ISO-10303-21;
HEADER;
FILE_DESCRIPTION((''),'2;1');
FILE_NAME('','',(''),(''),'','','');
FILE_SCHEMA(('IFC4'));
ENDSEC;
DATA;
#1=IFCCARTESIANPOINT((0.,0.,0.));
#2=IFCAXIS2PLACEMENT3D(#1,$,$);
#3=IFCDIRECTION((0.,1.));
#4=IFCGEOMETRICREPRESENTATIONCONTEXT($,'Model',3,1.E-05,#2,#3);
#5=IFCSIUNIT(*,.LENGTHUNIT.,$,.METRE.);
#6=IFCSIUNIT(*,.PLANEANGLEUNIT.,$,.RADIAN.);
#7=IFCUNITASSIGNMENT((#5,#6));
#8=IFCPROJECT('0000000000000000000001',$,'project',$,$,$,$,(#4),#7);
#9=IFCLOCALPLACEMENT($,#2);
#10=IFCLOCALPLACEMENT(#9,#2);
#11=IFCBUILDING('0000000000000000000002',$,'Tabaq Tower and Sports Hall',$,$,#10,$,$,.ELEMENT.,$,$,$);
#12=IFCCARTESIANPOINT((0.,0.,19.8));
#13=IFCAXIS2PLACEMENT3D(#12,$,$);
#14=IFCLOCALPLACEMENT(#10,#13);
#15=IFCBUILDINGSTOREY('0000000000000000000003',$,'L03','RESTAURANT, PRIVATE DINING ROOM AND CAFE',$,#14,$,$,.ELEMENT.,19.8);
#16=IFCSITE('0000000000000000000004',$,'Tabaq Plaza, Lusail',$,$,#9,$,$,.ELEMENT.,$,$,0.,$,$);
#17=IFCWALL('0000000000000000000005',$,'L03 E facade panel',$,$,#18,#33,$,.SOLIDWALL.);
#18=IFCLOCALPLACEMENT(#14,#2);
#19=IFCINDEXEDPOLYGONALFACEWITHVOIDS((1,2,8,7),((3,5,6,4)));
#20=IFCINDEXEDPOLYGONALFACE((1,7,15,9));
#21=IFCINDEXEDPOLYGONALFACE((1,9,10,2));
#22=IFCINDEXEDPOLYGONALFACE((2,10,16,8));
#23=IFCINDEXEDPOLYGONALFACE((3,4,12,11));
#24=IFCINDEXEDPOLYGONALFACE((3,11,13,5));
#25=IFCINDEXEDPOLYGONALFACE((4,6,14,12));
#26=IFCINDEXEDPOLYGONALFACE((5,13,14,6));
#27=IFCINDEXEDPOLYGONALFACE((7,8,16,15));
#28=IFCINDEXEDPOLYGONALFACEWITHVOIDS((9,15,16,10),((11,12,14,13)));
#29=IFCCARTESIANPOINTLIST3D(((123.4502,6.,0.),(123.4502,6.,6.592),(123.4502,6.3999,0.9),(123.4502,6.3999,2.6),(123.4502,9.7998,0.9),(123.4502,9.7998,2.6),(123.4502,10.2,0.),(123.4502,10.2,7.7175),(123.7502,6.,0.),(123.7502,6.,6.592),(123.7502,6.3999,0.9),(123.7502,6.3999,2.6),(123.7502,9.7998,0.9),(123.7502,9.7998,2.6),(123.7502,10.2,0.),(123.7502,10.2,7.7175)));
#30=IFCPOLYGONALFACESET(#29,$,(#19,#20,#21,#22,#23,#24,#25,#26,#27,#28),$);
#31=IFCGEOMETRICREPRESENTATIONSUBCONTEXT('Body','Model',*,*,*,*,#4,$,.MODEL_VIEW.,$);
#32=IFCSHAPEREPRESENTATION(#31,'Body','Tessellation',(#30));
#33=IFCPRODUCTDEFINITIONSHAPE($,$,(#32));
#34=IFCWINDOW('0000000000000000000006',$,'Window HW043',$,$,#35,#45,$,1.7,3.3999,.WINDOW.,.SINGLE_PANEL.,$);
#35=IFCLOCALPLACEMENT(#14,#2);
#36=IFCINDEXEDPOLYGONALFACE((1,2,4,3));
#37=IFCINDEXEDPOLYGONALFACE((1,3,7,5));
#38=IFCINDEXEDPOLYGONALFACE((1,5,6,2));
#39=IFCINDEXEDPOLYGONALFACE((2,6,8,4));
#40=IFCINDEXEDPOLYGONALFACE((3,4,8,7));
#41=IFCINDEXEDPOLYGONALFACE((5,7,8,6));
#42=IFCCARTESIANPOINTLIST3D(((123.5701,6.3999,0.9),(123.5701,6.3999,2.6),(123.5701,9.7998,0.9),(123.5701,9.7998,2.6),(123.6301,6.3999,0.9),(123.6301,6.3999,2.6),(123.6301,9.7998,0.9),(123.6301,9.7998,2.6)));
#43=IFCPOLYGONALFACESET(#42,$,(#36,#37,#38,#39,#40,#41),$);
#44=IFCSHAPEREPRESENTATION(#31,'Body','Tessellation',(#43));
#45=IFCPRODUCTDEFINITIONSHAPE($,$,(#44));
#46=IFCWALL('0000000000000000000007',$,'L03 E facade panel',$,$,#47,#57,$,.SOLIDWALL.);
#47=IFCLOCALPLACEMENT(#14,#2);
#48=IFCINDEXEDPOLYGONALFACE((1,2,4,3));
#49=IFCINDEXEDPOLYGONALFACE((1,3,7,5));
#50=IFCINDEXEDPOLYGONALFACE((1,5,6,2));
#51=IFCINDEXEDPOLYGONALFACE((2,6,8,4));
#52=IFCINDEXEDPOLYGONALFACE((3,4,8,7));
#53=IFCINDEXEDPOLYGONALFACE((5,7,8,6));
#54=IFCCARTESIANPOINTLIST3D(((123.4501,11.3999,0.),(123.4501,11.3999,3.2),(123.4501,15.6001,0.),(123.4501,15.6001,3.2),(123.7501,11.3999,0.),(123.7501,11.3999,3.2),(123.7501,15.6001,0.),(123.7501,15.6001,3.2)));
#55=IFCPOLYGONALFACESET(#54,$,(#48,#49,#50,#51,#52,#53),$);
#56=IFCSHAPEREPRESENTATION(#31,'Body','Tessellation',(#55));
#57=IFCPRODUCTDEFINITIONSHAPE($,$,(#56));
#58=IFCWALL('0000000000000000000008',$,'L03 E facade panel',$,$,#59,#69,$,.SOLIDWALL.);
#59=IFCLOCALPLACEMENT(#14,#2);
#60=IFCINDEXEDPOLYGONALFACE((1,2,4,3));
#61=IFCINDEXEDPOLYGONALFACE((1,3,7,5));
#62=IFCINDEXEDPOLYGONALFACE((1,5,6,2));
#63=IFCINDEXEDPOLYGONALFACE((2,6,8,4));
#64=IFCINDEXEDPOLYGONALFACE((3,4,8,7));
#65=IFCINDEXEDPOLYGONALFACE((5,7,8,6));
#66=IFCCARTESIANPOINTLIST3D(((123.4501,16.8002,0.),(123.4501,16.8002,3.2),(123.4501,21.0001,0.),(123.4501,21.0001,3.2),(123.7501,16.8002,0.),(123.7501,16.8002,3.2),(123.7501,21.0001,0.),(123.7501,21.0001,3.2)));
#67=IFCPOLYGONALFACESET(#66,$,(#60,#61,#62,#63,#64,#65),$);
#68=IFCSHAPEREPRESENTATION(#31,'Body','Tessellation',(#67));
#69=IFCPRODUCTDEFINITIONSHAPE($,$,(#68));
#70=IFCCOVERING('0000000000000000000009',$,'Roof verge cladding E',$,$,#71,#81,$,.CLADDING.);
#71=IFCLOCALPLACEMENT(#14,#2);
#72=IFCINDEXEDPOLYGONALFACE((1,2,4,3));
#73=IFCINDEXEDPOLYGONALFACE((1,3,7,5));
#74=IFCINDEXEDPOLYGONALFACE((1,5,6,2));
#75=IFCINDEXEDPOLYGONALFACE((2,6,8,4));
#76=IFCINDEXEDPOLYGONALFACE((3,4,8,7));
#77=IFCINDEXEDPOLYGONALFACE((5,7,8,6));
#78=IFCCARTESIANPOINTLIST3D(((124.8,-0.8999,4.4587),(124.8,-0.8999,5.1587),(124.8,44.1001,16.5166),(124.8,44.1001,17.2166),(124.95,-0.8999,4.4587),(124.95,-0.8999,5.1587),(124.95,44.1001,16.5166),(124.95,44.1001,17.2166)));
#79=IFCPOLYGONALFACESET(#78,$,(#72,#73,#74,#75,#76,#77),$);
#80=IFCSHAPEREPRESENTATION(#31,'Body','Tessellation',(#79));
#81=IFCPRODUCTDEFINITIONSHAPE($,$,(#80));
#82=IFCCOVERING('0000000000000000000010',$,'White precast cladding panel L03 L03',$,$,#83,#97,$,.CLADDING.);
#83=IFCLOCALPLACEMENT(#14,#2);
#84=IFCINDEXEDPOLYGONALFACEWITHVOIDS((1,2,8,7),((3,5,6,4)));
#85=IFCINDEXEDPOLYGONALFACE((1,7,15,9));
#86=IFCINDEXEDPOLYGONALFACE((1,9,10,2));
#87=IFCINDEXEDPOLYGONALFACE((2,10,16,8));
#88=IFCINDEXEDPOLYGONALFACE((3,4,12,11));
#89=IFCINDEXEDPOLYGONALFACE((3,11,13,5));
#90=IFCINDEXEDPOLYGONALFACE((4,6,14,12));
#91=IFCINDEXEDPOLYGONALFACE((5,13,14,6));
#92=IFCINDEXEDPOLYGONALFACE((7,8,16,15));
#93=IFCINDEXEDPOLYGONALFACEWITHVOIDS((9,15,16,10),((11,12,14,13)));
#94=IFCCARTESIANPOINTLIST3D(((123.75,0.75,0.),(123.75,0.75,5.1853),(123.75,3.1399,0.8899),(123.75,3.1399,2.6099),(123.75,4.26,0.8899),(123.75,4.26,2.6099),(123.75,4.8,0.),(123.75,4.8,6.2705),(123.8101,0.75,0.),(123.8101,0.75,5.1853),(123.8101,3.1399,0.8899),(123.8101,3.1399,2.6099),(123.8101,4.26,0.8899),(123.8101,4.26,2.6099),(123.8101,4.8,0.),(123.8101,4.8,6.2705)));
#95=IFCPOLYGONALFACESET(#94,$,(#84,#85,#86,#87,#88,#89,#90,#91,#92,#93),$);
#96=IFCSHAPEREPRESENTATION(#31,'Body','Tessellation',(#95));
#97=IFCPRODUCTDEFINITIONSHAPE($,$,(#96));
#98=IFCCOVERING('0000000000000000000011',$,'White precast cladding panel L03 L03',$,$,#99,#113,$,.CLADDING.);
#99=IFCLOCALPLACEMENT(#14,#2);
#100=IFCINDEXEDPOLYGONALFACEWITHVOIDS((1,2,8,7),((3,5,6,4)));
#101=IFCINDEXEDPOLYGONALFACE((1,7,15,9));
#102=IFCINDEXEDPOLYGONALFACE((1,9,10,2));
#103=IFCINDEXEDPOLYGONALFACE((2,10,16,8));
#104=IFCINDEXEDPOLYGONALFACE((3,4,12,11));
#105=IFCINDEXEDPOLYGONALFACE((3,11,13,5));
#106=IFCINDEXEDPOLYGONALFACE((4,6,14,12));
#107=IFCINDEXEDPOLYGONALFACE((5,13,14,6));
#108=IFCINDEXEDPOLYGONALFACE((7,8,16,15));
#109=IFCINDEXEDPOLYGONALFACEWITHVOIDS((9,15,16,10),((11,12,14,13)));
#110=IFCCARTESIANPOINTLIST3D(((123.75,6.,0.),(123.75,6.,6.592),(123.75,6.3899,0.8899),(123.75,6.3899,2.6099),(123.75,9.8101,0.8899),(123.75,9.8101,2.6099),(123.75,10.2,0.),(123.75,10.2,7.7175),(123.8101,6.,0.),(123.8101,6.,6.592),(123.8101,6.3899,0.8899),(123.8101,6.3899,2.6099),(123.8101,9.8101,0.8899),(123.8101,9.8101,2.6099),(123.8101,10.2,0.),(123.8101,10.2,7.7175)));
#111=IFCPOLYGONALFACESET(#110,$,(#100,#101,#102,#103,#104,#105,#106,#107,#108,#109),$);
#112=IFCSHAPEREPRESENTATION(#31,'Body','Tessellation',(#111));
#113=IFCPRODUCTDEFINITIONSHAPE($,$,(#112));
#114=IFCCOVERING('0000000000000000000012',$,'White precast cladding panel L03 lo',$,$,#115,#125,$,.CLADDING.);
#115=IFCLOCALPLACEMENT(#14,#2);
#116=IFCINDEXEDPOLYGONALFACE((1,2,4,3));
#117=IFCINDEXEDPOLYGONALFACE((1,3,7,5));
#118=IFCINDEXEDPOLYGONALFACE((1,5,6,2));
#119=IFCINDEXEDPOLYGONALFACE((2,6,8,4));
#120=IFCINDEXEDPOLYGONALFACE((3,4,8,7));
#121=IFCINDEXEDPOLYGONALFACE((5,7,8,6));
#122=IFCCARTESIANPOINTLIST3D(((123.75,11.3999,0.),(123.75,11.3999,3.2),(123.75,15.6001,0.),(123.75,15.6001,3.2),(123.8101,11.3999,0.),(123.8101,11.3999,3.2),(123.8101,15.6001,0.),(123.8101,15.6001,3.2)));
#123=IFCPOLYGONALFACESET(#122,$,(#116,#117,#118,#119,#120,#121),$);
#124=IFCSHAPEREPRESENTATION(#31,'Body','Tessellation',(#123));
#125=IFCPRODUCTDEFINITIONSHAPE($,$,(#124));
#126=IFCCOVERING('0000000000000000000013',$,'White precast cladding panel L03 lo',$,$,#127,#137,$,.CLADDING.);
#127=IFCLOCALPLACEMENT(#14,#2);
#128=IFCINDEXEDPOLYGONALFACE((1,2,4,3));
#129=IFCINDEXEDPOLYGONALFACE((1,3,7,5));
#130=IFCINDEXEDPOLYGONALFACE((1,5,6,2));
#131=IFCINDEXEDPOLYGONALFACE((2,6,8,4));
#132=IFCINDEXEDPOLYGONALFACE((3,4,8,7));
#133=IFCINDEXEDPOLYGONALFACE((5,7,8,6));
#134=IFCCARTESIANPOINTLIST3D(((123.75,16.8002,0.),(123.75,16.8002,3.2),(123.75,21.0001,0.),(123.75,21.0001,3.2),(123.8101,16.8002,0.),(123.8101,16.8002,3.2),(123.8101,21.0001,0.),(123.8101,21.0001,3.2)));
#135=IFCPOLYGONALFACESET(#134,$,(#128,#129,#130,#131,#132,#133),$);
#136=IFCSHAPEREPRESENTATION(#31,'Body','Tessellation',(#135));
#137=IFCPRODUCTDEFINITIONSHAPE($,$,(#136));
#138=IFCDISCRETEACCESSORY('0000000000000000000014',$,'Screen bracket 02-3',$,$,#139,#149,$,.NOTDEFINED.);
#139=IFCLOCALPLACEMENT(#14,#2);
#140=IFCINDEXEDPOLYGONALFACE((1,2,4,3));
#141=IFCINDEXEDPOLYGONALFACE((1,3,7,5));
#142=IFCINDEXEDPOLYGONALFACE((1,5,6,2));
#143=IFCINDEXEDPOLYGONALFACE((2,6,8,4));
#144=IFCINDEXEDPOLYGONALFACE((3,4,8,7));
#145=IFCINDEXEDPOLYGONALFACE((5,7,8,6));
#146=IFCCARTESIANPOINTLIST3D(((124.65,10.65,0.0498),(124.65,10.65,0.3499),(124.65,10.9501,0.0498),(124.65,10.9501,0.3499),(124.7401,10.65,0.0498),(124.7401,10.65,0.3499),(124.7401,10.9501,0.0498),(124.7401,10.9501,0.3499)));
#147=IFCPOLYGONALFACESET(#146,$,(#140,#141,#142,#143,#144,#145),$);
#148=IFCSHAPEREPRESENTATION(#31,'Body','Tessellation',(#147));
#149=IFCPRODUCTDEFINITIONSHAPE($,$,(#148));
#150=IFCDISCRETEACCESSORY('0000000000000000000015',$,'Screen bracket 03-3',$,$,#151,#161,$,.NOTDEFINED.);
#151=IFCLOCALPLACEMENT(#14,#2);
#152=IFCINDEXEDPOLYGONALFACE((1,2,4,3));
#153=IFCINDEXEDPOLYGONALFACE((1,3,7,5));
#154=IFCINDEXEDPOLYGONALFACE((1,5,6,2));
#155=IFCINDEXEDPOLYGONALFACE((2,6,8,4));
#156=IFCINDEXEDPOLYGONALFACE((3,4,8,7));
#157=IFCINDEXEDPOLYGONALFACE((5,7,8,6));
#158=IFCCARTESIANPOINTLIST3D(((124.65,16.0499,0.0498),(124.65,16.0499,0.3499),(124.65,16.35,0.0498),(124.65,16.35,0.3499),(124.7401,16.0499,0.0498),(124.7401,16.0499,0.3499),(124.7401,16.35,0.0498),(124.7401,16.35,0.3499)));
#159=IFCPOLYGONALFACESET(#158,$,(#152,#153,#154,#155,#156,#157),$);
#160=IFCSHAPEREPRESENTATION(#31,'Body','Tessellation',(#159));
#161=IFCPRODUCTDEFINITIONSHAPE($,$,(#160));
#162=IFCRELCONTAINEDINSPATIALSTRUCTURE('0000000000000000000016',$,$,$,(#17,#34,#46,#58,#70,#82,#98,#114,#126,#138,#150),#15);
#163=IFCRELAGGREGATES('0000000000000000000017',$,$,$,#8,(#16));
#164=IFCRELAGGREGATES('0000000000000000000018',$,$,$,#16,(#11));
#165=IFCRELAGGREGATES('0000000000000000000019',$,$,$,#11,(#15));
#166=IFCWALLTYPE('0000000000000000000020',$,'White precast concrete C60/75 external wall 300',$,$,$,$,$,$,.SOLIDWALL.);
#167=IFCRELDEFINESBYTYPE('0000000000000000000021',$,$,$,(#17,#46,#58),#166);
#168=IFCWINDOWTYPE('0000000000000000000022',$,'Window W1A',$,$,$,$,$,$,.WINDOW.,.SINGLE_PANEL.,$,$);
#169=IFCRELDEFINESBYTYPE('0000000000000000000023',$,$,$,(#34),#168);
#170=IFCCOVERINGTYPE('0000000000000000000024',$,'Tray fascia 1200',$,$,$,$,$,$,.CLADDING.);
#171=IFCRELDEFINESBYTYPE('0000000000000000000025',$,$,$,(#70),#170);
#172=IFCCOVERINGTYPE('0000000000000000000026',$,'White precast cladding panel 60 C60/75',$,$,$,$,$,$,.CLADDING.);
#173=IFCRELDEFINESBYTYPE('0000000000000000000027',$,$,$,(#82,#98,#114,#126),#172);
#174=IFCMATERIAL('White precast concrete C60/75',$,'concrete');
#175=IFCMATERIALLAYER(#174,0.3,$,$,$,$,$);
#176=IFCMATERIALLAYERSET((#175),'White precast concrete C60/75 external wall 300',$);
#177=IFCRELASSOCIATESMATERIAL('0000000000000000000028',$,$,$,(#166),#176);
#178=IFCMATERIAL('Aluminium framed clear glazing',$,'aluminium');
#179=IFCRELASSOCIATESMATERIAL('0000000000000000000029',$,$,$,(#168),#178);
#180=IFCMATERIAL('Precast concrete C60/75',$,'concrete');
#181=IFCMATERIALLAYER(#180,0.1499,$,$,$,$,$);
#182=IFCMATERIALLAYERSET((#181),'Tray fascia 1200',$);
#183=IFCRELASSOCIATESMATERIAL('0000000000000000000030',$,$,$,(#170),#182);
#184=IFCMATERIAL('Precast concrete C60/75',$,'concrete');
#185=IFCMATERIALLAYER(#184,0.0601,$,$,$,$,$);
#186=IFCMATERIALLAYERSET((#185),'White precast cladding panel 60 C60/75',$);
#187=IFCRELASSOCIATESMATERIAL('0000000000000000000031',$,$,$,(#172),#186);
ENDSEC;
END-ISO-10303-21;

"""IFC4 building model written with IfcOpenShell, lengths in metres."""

from ifc_helpers import new_model, si_unit, direction, frame, frame_2d, origin, origin_2d, place, context, subcontext, project, spatial, polyline, rectangle, outline, extrude, material, layer, layer_set, type_object, element, fill, save


model = new_model("IFC4")

# Units and contexts
model_context = context("Model", 3, precision=1e-05, world=origin(), true_north=direction((0.0, 1.0)))
body_context = subcontext(model_context, "Body", "Model", "MODEL_VIEW")
ifc_project = project(units=[si_unit("LENGTHUNIT", "METRE"), si_unit("PLANEANGLEUNIT", "RADIAN")], contexts=[model_context])

# Site, building, storey
site_placement = place(None, origin())
site = spatial("IfcSite", under=ifc_project, at=site_placement, Name="Tabaq Plaza, Lusail", CompositionType="ELEMENT", RefElevation=0.0)
building_placement = place(site_placement, origin())
building = spatial("IfcBuilding", under=site, at=building_placement, Name="Tabaq Tower and Sports Hall", CompositionType="ELEMENT")
storey_placement = place(building_placement, frame((0.0, 0.0, 19.8)))
storey = spatial("IfcBuildingStorey", under=building, at=storey_placement, Name="L03", Description="RESTAURANT, PRIVATE DINING ROOM AND CAFE", CompositionType="ELEMENT", Elevation=19.8)

# Wall, opening, window
ifc_material_1 = material(Name="White precast concrete C60/75", Category="concrete")
ifc_layer_1 = layer(ifc_material_1, 0.3)
ifc_layer_set_1 = layer_set([ifc_layer_1], Name="White precast concrete C60/75 external wall 300")
wall_type = type_object("IfcWallType", Name="White precast concrete C60/75 external wall 300", PredefinedType="SOLIDWALL", material=ifc_layer_set_1)
wall_1_placement = place(storey_placement, frame((123.6001, 6.0, 0.0), z_axis=(0.0, 0.0, 1.0), x_axis=(0.0, 1.0, 0.0)))
wall_1 = element("IfcWall", 1, at=wall_1_placement, inside=storey, type_object=wall_type, Name="L03 E facade panel", PredefinedType="SOLIDWALL", context=body_context, shape_type="SweptSolid", body=[
    extrude(outline(polyline([(0.0, 0.0), (4.2, 0.0), (4.2, 7.7175), (0.0, 6.592), (0.0, 0.0)])), frame((0.0, 0.1499, 0.0), z_axis=(0.0, -1.0, 0.0), x_axis=(1.0, 0.0, 0.0)), (0.0, 0.0, 1.0), 0.3),
])
opening_placement = place(wall_1_placement, frame((0.3999, 0.0, 0.8999)))
opening = element("IfcOpeningElement", 2, at=opening_placement, cuts=wall_1, PredefinedType="OPENING", context=body_context, shape_type="SweptSolid", body=[
    extrude(rectangle(XDim=3.3999, YDim=1.7, at=frame_2d((1.7, 0.8501))), frame((0.0, 0.1499, 0.0), z_axis=(0.0, -1.0, 0.0), x_axis=(1.0, 0.0, 0.0)), (0.0, 0.0, 1.0), 0.3),
])
ifc_material_2 = material(Name="Aluminium framed clear glazing", Category="aluminium")
window_type = type_object("IfcWindowType", Name="Window W1A", PartitioningType="SINGLE_PANEL", PredefinedType="WINDOW", material=ifc_material_2)
window_placement = place(opening_placement, origin())
window = element("IfcWindow", 3, at=window_placement, inside=storey, type_object=window_type, Name="Window HW043", OverallHeight=1.7, OverallWidth=3.3999, PartitioningType="SINGLE_PANEL", PredefinedType="WINDOW", context=body_context, shape_type="SweptSolid", body=[
    extrude(rectangle(XDim=3.3999, YDim=1.7, at=frame_2d((1.7, 0.8501))), frame((0.0, 0.03, 0.0), z_axis=(0.0, -1.0, 0.0), x_axis=(1.0, 0.0, 0.0)), (0.0, 0.0, 1.0), 0.0601),
])
fill(opening, window)

# Walls
wall_2_placement = place(storey_placement, frame((123.6001, 11.3999, 0.0), z_axis=(0.0, 0.0, 1.0), x_axis=(0.0, 1.0, 0.0)))
element("IfcWall", 4, at=wall_2_placement, inside=storey, type_object=wall_type, Name="L03 E facade panel", PredefinedType="SOLIDWALL", context=body_context, shape_type="SweptSolid", body=[
    extrude(rectangle(XDim=4.2002, YDim=0.3, at=frame_2d((2.1001, 0.0))), origin(), (0.0, 0.0, 1.0), 3.2),
])
wall_3_placement = place(storey_placement, frame((123.6001, 16.8, 0.0), z_axis=(0.0, 0.0, 1.0), x_axis=(0.0, 1.0, 0.0)))
element("IfcWall", 5, at=wall_3_placement, inside=storey, type_object=wall_type, Name="L03 E facade panel", PredefinedType="SOLIDWALL", context=body_context, shape_type="SweptSolid", body=[
    extrude(rectangle(XDim=4.2, YDim=0.3, at=frame_2d((2.1001, 0.0))), origin(), (0.0, 0.0, 1.0), 3.2),
])

# Coverings
ifc_material_3 = material(Name="Precast concrete C60/75", Category="concrete")
ifc_layer_2 = layer(ifc_material_3, 0.1499)
ifc_layer_set_2 = layer_set([ifc_layer_2], Name="Tray fascia 1200")
covering_type_1 = type_object("IfcCoveringType", Name="Tray fascia 1200", PredefinedType="CLADDING", material=ifc_layer_set_2)
covering_1_placement = place(storey_placement, frame((124.8, -0.8999, 5.1587), z_axis=(-1.0, 0.0, 0.0), x_axis=(0.0, 0.965925, 0.258822)))
element("IfcCovering", 6, at=covering_1_placement, inside=storey, type_object=covering_type_1, Name="Roof verge cladding E", PredefinedType="CLADDING", context=body_context, shape_type="SweptSolid", body=[
    extrude(outline(polyline([(0.0, 0.0), (46.5875, 0.0), (46.4063, 0.6761), (-0.1812, 0.6761), (0.0, 0.0)])), origin(), (0.0, 0.0, -1.0), 0.1499),
])
ifc_material_4 = material(Name="Precast concrete C60/75", Category="concrete")
ifc_layer_3 = layer(ifc_material_4, 0.0601)
ifc_layer_set_3 = layer_set([ifc_layer_3], Name="White precast cladding panel 60 C60/75")
covering_type_2 = type_object("IfcCoveringType", Name="White precast cladding panel 60 C60/75", PredefinedType="CLADDING", material=ifc_layer_set_3)
covering_2_placement = place(storey_placement, frame((123.78, 0.75, 0.0), z_axis=(0.0, 0.0, 1.0), x_axis=(0.0, 1.0, 0.0)))
element("IfcCovering", 7, at=covering_2_placement, inside=storey, type_object=covering_type_2, Name="White precast cladding panel L03 L03", PredefinedType="CLADDING", context=body_context, shape_type="SweptSolid", body=[
    extrude(outline(polyline([(0.0, 0.0), (4.05, 0.0), (4.05, 6.2705), (0.0, 5.1853), (0.0, 0.0)]), holes=[polyline([(2.3899, 0.8899), (2.3899, 2.6099), (3.51, 2.6099), (3.51, 0.8899), (2.3899, 0.8899)])]), frame((0.0, 0.03, 0.0), z_axis=(0.0, -1.0, 0.0), x_axis=(1.0, 0.0, 0.0)), (0.0, 0.0, 1.0), 0.0601),
])
covering_3_placement = place(storey_placement, frame((123.78, 6.0, 0.0), z_axis=(0.0, 0.0, 1.0), x_axis=(0.0, 1.0, 0.0)))
element("IfcCovering", 8, at=covering_3_placement, inside=storey, type_object=covering_type_2, Name="White precast cladding panel L03 L03", PredefinedType="CLADDING", context=body_context, shape_type="SweptSolid", body=[
    extrude(outline(polyline([(0.0, 0.0), (4.2, 0.0), (4.2, 7.7175), (0.0, 6.592), (0.0, 0.0)]), holes=[polyline([(0.3899, 0.8899), (0.3899, 2.6099), (3.8101, 2.6099), (3.8101, 0.8899), (0.3899, 0.8899)])]), frame((0.0, 0.03, 0.0), z_axis=(0.0, -1.0, 0.0), x_axis=(1.0, 0.0, 0.0)), (0.0, 0.0, 1.0), 0.0601),
])
covering_4_placement = place(storey_placement, frame((123.78, 11.3999, 0.0), z_axis=(0.0, 0.0, 1.0), x_axis=(0.0, 1.0, 0.0)))
element("IfcCovering", 9, at=covering_4_placement, inside=storey, type_object=covering_type_2, Name="White precast cladding panel L03 lo", PredefinedType="CLADDING", context=body_context, shape_type="SweptSolid", body=[
    extrude(rectangle(XDim=4.2002, YDim=0.0601, at=frame_2d((2.1001, 0.0))), origin(), (0.0, 0.0, 1.0), 3.2),
])
covering_5_placement = place(storey_placement, frame((123.78, 16.8, 0.0), z_axis=(0.0, 0.0, 1.0), x_axis=(0.0, 1.0, 0.0)))
element("IfcCovering", 10, at=covering_5_placement, inside=storey, type_object=covering_type_2, Name="White precast cladding panel L03 lo", PredefinedType="CLADDING", context=body_context, shape_type="SweptSolid", body=[
    extrude(rectangle(XDim=4.2, YDim=0.0601, at=frame_2d((2.1001, 0.0))), origin(), (0.0, 0.0, 1.0), 3.2),
])

# Discrete accessories
for number, where, z_axis, x_axis, name in (
    (11, (124.6951, 10.8, 0.0498), (0.0, 0.0, 1.0), (1.0, 0.0, 0.0), "Screen bracket 02-3"),
    (12, (124.6951, 16.2, 0.0498), (0.0, 0.0, 1.0), (1.0, 0.0, 0.0), "Screen bracket 03-3"),
):
    element("IfcDiscreteAccessory", number, at=place(storey_placement, frame(where, z_axis=z_axis, x_axis=x_axis)), inside=storey, Name=name, PredefinedType="NOTDEFINED", context=body_context, shape_type="SweptSolid", body=[
        extrude(rectangle(XDim=0.0901, YDim=0.3, at=origin_2d()), origin(), (0.0, 0.0, 1.0), 0.3),
    ])

save(model, "model.ifc")
